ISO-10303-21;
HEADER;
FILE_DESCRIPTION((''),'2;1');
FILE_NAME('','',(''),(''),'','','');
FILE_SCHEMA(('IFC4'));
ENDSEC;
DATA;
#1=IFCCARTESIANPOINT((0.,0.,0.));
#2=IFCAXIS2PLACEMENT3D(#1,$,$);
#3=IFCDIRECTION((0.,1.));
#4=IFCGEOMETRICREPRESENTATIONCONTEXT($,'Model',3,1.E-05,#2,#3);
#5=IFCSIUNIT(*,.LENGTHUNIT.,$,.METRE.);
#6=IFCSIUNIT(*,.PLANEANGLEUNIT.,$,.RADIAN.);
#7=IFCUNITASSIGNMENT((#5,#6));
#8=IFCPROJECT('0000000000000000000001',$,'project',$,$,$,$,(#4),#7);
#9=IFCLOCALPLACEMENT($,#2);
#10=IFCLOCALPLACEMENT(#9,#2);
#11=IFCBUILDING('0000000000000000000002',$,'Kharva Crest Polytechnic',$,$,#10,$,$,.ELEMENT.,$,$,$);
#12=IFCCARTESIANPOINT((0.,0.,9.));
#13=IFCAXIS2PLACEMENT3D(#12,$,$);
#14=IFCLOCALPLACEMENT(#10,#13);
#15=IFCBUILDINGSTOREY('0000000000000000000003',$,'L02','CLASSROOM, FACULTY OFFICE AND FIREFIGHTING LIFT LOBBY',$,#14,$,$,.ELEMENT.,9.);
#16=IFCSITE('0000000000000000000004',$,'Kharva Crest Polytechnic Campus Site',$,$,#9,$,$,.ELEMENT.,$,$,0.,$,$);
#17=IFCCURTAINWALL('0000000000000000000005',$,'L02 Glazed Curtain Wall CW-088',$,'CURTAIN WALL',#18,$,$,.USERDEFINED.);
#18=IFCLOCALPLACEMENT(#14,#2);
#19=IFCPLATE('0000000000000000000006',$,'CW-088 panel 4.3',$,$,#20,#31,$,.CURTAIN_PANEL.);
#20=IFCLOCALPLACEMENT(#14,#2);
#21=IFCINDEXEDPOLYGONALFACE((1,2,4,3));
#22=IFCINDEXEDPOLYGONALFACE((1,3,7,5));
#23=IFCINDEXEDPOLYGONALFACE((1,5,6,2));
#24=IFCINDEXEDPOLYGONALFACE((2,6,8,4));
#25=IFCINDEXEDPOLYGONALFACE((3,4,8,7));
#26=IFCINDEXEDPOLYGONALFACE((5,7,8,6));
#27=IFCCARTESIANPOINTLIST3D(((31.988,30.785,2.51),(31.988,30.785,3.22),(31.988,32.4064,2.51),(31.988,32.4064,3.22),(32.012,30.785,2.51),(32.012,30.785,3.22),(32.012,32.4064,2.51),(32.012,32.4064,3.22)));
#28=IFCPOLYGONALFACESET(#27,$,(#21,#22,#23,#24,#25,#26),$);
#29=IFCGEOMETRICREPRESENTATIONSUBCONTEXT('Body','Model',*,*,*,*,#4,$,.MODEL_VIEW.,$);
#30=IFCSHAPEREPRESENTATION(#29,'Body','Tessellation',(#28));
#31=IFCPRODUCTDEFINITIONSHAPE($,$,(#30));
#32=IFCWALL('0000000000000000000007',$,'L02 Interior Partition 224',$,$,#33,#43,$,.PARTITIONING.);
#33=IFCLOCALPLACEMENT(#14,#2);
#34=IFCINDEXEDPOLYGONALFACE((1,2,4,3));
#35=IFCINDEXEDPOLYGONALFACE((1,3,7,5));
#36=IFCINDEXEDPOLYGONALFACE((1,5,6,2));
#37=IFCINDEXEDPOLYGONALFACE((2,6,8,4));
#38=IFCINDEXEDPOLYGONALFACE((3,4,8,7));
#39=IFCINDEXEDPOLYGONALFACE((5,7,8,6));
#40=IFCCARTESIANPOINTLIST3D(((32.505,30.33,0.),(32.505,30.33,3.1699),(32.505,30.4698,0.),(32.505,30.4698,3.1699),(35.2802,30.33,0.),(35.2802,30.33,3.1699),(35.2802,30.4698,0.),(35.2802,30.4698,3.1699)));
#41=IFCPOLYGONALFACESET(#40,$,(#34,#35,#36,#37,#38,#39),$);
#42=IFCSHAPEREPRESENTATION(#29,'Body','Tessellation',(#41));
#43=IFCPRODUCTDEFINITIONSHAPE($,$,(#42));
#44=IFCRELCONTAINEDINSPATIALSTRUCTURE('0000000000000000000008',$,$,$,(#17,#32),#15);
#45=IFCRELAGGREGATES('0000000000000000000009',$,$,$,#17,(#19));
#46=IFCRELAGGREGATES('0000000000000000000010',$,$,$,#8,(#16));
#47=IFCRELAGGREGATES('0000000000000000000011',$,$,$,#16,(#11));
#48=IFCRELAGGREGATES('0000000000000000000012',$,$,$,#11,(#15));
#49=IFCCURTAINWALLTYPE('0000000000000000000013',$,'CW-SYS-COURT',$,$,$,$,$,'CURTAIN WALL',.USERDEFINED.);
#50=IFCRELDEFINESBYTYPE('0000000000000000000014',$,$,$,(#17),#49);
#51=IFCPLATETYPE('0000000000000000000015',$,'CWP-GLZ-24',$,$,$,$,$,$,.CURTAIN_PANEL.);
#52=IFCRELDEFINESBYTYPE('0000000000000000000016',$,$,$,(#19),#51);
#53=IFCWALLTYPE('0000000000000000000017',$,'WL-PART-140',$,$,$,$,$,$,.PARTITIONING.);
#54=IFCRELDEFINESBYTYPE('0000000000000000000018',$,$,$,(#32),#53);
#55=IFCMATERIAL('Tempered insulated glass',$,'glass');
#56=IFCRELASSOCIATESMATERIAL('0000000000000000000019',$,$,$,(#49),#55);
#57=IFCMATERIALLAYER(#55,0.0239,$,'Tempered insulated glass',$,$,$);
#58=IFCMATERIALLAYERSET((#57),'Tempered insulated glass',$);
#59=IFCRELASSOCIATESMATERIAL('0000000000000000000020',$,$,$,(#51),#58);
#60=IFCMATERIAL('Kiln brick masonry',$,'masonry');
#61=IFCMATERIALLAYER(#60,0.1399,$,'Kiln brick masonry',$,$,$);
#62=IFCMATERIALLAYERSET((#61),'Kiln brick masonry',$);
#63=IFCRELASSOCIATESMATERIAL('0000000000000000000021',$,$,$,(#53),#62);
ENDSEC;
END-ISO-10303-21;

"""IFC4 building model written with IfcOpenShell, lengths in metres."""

from ifc_helpers import new_model, si_unit, direction, frame, frame_2d, origin, origin_2d, place, context, subcontext, project, spatial, rectangle, extrude, material, layer, layer_set, type_object, element, aggregate, save


model = new_model("IFC4")

# Units and contexts
model_context = context("Model", 3, precision=1e-05, world=origin(), true_north=direction((0.0, 1.0)))
body_context = subcontext(model_context, "Body", "Model", "MODEL_VIEW")
ifc_project = project(units=[si_unit("LENGTHUNIT", "METRE"), si_unit("PLANEANGLEUNIT", "RADIAN")], contexts=[model_context])

# Site, building, storey
site_placement = place(None, origin())
site = spatial("IfcSite", under=ifc_project, at=site_placement, Name="Kharva Crest Polytechnic Campus Site", CompositionType="ELEMENT", RefElevation=0.0)
building_placement = place(site_placement, origin())
building = spatial("IfcBuilding", under=site, at=building_placement, Name="Kharva Crest Polytechnic", CompositionType="ELEMENT")
storey_placement = place(building_placement, frame((0.0, 0.0, 9.0)))
storey = spatial("IfcBuildingStorey", under=building, at=storey_placement, Name="L02", Description="CLASSROOM, FACULTY OFFICE AND FIREFIGHTING LIFT LOBBY", CompositionType="ELEMENT", Elevation=9.0)

# Shared definitions
ifc_material_1 = material(Name="Tempered insulated glass", Category="glass")
curtain_wall_type = type_object("IfcCurtainWallType", Name="CW-SYS-COURT", ElementType="CURTAIN WALL", PredefinedType="USERDEFINED", material=ifc_material_1)

# Curtain wall
curtain_wall_1_placement = place(storey_placement, origin())
curtain_wall_1 = element("IfcCurtainWall", 1, at=curtain_wall_1_placement, inside=storey, type_object=curtain_wall_type, Name="L02 Glazed Curtain Wall CW-088", ObjectType="CURTAIN WALL", PredefinedType="USERDEFINED")

# Plate
ifc_layer_1 = layer(ifc_material_1, 0.0239, Name="Tempered insulated glass")
ifc_layer_set_1 = layer_set([ifc_layer_1], Name="Tempered insulated glass")
plate_type = type_object("IfcPlateType", Name="CWP-GLZ-24", PredefinedType="CURTAIN_PANEL", material=ifc_layer_set_1)
plate_1_placement = place(storey_placement, frame((32.0, 31.5957, 2.51), z_axis=(0.0, 0.0, 1.0), x_axis=(0.0, -1.0, 0.0)))
plate_1 = element("IfcPlate", 2, at=plate_1_placement, type_object=plate_type, Name="CW-088 panel 4.3", PredefinedType="CURTAIN_PANEL", context=body_context, shape_type="SweptSolid", body=[
    extrude(rectangle(XDim=1.6213, YDim=0.0239, at=origin_2d()), origin(), (0.0, 0.0, 1.0), 0.71),
])
aggregate(curtain_wall_1, [plate_1])

# Wall
ifc_material_2 = material(Name="Kiln brick masonry", Category="masonry")
ifc_layer_2 = layer(ifc_material_2, 0.1399, Name="Kiln brick masonry")
ifc_layer_set_2 = layer_set([ifc_layer_2], Name="Kiln brick masonry")
wall_type = type_object("IfcWallType", Name="WL-PART-140", PredefinedType="PARTITIONING", material=ifc_layer_set_2)
wall_placement = place(storey_placement, frame((32.5049, 30.3999, 0.0), z_axis=(0.0, 0.0, 1.0), x_axis=(1.0, 0.0, 0.0)))
element("IfcWall", 3, at=wall_placement, inside=storey, type_object=wall_type, Name="L02 Interior Partition 224", PredefinedType="PARTITIONING", context=body_context, shape_type="SweptSolid", body=[
    extrude(rectangle(XDim=2.7751, YDim=0.1399, at=frame_2d((1.3877, 0.0))), origin(), (0.0, 0.0, 1.0), 3.1699),
])

save(model, "model.ifc")
